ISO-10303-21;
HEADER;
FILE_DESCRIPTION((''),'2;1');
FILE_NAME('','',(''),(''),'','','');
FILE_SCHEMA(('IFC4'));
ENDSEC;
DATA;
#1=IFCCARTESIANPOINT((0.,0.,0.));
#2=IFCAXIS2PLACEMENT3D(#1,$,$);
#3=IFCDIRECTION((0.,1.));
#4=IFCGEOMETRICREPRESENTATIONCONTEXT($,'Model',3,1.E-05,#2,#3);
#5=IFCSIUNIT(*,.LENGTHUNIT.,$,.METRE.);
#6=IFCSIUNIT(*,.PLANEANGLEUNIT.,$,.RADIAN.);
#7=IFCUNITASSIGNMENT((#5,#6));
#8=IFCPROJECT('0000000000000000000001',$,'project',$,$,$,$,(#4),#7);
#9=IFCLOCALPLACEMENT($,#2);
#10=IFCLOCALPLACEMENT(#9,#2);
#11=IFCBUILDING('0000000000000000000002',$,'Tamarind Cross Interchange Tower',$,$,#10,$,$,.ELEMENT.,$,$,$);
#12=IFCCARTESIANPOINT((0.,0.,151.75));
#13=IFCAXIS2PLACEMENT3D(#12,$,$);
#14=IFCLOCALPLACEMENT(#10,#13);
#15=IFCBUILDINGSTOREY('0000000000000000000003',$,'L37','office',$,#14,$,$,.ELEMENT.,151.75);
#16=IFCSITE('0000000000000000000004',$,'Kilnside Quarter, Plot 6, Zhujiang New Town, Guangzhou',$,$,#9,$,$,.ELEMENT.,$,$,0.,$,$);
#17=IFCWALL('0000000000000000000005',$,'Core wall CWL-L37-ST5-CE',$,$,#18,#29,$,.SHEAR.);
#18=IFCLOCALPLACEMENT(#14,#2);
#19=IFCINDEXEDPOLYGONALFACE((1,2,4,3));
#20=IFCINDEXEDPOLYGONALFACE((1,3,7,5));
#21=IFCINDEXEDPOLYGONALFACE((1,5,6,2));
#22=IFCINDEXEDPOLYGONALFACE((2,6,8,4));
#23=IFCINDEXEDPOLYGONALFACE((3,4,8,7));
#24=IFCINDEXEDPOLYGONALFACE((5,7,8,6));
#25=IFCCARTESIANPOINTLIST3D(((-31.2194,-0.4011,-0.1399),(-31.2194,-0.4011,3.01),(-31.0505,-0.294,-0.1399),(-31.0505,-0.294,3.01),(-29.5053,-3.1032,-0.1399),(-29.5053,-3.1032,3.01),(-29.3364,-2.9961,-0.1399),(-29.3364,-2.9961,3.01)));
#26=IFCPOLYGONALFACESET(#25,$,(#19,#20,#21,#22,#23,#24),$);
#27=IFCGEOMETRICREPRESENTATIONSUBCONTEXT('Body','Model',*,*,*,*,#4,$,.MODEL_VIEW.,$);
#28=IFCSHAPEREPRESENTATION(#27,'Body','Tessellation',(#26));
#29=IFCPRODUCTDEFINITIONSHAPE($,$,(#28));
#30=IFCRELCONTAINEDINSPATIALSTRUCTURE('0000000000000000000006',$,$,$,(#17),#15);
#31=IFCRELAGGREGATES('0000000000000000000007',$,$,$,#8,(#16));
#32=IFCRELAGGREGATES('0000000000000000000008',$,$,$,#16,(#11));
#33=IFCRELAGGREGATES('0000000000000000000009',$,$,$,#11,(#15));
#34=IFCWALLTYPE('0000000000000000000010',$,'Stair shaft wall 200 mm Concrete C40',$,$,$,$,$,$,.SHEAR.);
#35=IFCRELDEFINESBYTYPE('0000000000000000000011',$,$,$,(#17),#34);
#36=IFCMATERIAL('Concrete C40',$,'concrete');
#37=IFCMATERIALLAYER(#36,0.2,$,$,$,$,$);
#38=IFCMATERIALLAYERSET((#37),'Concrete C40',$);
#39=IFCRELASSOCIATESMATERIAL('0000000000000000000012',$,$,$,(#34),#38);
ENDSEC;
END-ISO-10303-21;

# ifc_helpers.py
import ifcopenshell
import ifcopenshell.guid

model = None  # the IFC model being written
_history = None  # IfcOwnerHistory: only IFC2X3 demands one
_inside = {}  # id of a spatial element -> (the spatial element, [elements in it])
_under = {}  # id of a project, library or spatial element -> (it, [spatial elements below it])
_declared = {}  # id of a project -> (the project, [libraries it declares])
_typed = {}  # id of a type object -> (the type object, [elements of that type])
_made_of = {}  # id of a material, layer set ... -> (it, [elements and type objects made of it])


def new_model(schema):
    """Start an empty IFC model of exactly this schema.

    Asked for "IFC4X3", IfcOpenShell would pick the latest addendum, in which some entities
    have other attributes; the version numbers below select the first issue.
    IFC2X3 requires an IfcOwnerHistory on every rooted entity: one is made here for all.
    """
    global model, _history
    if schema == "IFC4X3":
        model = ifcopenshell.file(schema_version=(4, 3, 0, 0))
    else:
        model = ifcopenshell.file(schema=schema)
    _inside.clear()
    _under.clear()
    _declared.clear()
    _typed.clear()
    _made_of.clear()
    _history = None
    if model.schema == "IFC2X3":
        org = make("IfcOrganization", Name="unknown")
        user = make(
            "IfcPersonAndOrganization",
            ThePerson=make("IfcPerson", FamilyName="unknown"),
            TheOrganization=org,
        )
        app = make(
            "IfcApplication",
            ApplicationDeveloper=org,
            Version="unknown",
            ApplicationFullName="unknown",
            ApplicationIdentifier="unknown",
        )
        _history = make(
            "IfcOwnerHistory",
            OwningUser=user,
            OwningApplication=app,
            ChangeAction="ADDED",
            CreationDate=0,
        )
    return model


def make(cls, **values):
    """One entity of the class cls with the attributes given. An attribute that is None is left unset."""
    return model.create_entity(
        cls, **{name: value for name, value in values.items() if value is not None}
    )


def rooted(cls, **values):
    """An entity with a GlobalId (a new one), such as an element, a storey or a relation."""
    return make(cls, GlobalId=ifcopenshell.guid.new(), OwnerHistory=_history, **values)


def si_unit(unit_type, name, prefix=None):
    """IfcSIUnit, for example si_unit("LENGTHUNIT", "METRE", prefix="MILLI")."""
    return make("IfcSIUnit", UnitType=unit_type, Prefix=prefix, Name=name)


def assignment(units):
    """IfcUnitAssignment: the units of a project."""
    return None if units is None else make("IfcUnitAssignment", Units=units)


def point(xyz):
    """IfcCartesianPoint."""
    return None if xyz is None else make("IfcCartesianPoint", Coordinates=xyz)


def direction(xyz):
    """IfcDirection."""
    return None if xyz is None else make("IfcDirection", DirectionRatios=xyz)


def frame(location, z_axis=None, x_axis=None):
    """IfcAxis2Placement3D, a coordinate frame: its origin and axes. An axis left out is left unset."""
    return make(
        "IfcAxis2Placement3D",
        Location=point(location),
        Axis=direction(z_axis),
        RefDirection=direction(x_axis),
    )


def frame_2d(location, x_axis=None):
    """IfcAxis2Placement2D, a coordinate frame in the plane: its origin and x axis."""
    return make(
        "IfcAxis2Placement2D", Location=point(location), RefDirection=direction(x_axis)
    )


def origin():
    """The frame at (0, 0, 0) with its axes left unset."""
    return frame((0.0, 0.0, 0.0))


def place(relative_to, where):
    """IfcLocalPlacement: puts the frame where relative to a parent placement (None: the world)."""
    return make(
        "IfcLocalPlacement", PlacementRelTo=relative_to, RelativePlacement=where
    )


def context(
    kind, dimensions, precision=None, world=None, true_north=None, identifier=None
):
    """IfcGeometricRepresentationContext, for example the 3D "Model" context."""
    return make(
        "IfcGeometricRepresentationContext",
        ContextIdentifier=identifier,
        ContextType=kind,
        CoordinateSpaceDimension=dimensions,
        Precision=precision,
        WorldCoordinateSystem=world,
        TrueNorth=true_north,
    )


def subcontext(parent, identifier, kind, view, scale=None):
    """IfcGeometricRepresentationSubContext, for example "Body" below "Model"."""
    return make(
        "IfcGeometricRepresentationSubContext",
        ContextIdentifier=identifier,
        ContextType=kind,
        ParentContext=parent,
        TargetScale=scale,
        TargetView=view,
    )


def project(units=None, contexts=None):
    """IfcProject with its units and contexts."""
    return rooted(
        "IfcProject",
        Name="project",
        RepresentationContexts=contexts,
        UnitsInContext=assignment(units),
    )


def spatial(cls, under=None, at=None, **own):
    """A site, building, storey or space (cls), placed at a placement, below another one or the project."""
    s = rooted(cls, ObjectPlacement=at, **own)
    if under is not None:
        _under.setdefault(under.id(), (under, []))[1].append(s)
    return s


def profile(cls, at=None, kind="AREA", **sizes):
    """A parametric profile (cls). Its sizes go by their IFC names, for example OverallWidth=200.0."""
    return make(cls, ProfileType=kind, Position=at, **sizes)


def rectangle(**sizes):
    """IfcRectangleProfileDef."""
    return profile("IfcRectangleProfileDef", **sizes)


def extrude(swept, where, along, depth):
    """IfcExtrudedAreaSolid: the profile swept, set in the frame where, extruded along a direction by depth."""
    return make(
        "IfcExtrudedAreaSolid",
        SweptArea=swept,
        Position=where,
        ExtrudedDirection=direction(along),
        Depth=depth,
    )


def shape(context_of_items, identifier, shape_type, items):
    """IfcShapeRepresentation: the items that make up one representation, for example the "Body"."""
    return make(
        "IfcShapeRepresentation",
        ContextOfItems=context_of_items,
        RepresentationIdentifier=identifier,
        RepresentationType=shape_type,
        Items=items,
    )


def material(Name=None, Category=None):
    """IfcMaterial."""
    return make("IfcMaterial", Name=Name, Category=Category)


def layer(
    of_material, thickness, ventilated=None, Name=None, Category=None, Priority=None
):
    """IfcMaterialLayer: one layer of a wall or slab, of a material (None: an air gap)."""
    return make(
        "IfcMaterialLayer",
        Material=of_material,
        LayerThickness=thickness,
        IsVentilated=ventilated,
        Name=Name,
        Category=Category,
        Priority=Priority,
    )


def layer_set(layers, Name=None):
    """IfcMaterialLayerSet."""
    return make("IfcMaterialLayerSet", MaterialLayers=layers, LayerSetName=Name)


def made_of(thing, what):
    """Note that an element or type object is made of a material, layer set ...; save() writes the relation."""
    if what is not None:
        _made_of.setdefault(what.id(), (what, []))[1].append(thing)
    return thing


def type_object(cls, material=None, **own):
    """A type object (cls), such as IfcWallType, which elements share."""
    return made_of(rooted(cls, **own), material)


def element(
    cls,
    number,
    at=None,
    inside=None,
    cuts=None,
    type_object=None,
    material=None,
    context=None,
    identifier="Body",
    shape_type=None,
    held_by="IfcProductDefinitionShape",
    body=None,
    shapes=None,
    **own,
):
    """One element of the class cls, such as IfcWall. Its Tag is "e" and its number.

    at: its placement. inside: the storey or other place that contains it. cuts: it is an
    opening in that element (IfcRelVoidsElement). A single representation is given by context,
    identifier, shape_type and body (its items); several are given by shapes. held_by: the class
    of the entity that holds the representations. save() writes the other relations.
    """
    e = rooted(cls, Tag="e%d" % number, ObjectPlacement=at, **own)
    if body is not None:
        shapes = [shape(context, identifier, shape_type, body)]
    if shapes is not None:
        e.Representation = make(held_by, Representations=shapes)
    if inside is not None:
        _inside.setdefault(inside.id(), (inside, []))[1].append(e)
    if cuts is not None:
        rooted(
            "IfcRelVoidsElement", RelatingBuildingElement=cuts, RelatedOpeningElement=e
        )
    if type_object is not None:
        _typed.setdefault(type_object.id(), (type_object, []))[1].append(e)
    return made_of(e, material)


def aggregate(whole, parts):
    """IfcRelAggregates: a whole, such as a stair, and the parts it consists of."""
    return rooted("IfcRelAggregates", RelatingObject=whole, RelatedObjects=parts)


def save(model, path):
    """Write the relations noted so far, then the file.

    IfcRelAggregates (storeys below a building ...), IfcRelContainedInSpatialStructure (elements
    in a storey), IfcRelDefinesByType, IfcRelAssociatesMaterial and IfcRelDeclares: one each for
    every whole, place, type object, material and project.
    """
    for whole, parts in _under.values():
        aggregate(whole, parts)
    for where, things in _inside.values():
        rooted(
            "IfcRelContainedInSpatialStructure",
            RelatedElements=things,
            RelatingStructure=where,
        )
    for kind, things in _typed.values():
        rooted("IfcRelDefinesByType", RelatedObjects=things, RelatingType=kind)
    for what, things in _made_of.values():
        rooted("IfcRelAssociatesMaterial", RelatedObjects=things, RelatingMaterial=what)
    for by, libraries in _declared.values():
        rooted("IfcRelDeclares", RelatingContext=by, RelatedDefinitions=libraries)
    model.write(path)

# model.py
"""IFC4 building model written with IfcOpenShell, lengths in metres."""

from ifc_helpers import new_model, si_unit, direction, frame, frame_2d, origin, place, context, subcontext, project, spatial, rectangle, extrude, material, layer, layer_set, type_object, element, save


model = new_model("IFC4")

# Units and contexts
model_context = context("Model", 3, precision=1e-05, world=origin(), true_north=direction((0.0, 1.0)))
body_context = subcontext(model_context, "Body", "Model", "MODEL_VIEW")
ifc_project = project(units=[si_unit("LENGTHUNIT", "METRE"), si_unit("PLANEANGLEUNIT", "RADIAN")], contexts=[model_context])

# Site, building, storey
site_placement = place(None, origin())
site = spatial("IfcSite", under=ifc_project, at=site_placement, Name="Kilnside Quarter, Plot 6, Zhujiang New Town, Guangzhou", CompositionType="ELEMENT", RefElevation=0.0)
building_placement = place(site_placement, origin())
building = spatial("IfcBuilding", under=site, at=building_placement, Name="Tamarind Cross Interchange Tower", CompositionType="ELEMENT")
storey_placement = place(building_placement, frame((0.0, 0.0, 151.75)))
storey = spatial("IfcBuildingStorey", under=building, at=storey_placement, Name="L37", Description="office", CompositionType="ELEMENT", Elevation=151.75)

# Shared definitions
ifc_material_1 = material(Name="Concrete C40", Category="concrete")
ifc_layer_1 = layer(ifc_material_1, 0.2)
ifc_layer_set_1 = layer_set([ifc_layer_1], Name="Concrete C40")
wall_type_1 = type_object("IfcWallType", Name="Stair shaft wall 200 mm Concrete C40", PredefinedType="SHEAR", material=ifc_layer_set_1)

# Wall
wall_1_placement = place(storey_placement, frame((-31.135, -0.3474, -0.1399), z_axis=(0.0, 0.0, 1.0), x_axis=(0.535665, -0.84443, 0.0)))
element("IfcWall", 1, at=wall_1_placement, inside=storey, type_object=wall_type_1, Name="Core wall CWL-L37-ST5-CE", PredefinedType="SHEAR", context=body_context, shape_type="SweptSolid", body=[
    extrude(rectangle(XDim=3.2, YDim=0.2, at=frame_2d((1.6001, 0.0))), origin(), (0.0, 0.0, 1.0), 3.1499),
])

save(model, "model.ifc")
